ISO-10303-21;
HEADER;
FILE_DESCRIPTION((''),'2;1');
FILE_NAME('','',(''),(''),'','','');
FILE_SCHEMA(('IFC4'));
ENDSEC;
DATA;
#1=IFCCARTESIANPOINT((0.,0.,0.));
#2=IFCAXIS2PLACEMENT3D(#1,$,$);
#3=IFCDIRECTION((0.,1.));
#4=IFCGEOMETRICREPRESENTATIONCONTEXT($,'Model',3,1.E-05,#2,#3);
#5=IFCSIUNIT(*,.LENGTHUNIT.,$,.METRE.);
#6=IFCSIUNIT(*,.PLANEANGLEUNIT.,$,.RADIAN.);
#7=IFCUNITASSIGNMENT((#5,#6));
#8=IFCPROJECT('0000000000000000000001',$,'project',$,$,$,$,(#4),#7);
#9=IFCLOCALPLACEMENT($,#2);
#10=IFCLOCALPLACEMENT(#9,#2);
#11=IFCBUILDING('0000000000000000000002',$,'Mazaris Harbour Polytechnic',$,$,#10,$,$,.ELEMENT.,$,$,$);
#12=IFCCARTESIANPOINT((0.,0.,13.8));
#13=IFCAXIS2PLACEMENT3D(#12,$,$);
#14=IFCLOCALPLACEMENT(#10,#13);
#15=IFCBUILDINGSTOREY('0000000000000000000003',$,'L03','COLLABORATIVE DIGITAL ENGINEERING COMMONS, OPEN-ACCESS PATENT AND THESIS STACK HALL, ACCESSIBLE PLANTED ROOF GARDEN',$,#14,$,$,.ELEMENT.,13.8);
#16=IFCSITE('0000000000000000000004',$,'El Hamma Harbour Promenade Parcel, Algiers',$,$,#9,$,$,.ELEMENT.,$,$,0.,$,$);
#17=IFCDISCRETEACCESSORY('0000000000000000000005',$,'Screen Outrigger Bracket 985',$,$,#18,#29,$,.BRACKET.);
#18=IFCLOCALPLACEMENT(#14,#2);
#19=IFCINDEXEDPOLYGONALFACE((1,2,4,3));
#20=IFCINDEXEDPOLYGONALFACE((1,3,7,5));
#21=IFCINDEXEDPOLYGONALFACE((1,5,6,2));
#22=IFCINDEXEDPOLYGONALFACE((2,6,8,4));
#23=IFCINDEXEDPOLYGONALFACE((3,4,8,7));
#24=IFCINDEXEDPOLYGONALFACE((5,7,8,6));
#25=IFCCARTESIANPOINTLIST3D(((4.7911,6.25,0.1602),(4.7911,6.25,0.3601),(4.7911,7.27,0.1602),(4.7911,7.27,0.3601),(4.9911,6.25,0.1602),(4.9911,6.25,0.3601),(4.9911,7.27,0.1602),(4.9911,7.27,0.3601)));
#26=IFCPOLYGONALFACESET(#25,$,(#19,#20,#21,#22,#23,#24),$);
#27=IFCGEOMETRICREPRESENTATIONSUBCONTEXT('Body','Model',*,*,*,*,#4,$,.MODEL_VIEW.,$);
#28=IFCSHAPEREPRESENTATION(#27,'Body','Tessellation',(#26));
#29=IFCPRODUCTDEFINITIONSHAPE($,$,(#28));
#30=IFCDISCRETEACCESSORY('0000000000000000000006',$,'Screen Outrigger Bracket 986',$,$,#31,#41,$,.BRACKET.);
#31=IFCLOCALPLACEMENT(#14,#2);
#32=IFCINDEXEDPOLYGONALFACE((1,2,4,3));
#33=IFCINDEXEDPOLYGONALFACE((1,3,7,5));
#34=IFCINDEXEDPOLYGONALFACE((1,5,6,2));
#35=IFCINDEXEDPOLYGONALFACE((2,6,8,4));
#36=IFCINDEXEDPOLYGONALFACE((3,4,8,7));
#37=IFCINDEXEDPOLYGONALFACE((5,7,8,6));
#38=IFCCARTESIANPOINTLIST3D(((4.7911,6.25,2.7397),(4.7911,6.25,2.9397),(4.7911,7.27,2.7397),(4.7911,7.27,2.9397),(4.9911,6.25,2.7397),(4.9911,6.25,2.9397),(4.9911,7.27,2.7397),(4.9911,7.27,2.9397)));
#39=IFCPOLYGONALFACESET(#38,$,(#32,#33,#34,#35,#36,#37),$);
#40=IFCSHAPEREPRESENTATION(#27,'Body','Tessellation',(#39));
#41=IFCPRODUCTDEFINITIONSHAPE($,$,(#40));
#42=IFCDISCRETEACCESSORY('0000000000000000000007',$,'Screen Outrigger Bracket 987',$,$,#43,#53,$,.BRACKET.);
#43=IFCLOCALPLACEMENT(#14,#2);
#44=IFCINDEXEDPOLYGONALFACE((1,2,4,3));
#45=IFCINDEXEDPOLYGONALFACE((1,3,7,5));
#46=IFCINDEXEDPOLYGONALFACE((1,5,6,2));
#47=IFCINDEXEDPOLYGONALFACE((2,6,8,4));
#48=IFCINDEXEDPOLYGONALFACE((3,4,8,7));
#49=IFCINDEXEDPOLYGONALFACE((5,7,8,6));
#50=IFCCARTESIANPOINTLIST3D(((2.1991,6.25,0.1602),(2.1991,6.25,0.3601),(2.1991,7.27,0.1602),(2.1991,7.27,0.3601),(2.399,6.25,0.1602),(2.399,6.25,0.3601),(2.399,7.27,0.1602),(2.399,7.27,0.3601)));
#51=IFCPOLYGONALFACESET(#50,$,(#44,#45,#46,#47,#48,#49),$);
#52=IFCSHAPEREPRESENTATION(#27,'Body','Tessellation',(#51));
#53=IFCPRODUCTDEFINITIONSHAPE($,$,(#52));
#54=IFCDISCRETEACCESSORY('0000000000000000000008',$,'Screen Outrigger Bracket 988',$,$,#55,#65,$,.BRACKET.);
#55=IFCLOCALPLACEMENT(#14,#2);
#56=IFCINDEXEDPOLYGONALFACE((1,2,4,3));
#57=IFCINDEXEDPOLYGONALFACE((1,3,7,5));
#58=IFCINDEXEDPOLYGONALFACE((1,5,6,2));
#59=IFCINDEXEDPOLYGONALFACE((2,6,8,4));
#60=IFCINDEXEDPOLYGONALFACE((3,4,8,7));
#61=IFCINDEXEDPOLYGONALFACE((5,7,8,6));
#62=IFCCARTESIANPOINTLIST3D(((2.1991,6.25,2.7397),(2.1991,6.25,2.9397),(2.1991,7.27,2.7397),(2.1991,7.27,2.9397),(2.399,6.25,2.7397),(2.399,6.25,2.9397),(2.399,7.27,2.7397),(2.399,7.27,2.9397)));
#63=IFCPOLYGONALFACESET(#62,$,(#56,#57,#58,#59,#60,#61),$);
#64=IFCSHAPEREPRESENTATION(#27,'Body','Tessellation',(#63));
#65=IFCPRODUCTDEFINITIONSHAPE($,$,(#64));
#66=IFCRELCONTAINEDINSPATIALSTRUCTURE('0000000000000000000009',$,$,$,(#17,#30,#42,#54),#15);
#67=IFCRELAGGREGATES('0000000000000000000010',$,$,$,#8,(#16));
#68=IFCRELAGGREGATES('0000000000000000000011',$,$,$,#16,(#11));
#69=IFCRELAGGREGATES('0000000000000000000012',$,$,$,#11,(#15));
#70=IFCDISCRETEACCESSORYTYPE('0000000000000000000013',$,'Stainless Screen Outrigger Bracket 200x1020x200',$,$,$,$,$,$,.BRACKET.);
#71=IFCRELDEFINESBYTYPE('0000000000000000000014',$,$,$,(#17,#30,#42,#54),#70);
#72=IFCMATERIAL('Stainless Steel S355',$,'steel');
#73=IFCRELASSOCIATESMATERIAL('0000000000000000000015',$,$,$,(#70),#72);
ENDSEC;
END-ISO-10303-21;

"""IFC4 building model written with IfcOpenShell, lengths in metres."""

from ifc_helpers import new_model, si_unit, direction, frame, origin, origin_2d, place, context, subcontext, project, spatial, rectangle, extrude, material, type_object, element, save


model = new_model("IFC4")

# Units and contexts
model_context = context("Model", 3, precision=1e-05, world=origin(), true_north=direction((0.0, 1.0)))
body_context = subcontext(model_context, "Body", "Model", "MODEL_VIEW")
ifc_project = project(units=[si_unit("LENGTHUNIT", "METRE"), si_unit("PLANEANGLEUNIT", "RADIAN")], contexts=[model_context])

# Site, building, storey
site_placement = place(None, origin())
site = spatial("IfcSite", under=ifc_project, at=site_placement, Name="El Hamma Harbour Promenade Parcel, Algiers", CompositionType="ELEMENT", RefElevation=0.0)
building_placement = place(site_placement, origin())
building = spatial("IfcBuilding", under=site, at=building_placement, Name="Mazaris Harbour Polytechnic", CompositionType="ELEMENT")
storey_placement = place(building_placement, frame((0.0, 0.0, 13.8)))
storey = spatial("IfcBuildingStorey", under=building, at=storey_placement, Name="L03", Description="COLLABORATIVE DIGITAL ENGINEERING COMMONS, OPEN-ACCESS PATENT AND THESIS STACK HALL, ACCESSIBLE PLANTED ROOF GARDEN", CompositionType="ELEMENT", Elevation=13.8)

# Discrete accessories
ifc_material_1 = material(Name="Stainless Steel S355", Category="steel")
discrete_accessory_type = type_object("IfcDiscreteAccessoryType", Name="Stainless Screen Outrigger Bracket 200x1020x200", PredefinedType="BRACKET", material=ifc_material_1)
for number, where, z_axis, x_axis, name in (
    (1, (4.8911, 6.76, 0.1602), (0.0, 0.0, 1.0), (-1.0, 0.0, 0.0), "Screen Outrigger Bracket 985"),
    (2, (4.8911, 6.76, 2.7397), (0.0, 0.0, 1.0), (-1.0, 0.0, 0.0), "Screen Outrigger Bracket 986"),
    (3, (2.2991, 6.76, 0.1602), (0.0, 0.0, 1.0), (-1.0, 0.0, 0.0), "Screen Outrigger Bracket 987"),
    (4, (2.2991, 6.76, 2.7397), (0.0, 0.0, 1.0), (-1.0, 0.0, 0.0), "Screen Outrigger Bracket 988"),
):
    element("IfcDiscreteAccessory", number, at=place(storey_placement, frame(where, z_axis=z_axis, x_axis=x_axis)), inside=storey, type_object=discrete_accessory_type, Name=name, PredefinedType="BRACKET", context=body_context, shape_type="SweptSolid", body=[
        extrude(rectangle(XDim=0.2, YDim=1.02, at=origin_2d()), origin(), (0.0, 0.0, 1.0), 0.2),
    ])

save(model, "model.ifc")
